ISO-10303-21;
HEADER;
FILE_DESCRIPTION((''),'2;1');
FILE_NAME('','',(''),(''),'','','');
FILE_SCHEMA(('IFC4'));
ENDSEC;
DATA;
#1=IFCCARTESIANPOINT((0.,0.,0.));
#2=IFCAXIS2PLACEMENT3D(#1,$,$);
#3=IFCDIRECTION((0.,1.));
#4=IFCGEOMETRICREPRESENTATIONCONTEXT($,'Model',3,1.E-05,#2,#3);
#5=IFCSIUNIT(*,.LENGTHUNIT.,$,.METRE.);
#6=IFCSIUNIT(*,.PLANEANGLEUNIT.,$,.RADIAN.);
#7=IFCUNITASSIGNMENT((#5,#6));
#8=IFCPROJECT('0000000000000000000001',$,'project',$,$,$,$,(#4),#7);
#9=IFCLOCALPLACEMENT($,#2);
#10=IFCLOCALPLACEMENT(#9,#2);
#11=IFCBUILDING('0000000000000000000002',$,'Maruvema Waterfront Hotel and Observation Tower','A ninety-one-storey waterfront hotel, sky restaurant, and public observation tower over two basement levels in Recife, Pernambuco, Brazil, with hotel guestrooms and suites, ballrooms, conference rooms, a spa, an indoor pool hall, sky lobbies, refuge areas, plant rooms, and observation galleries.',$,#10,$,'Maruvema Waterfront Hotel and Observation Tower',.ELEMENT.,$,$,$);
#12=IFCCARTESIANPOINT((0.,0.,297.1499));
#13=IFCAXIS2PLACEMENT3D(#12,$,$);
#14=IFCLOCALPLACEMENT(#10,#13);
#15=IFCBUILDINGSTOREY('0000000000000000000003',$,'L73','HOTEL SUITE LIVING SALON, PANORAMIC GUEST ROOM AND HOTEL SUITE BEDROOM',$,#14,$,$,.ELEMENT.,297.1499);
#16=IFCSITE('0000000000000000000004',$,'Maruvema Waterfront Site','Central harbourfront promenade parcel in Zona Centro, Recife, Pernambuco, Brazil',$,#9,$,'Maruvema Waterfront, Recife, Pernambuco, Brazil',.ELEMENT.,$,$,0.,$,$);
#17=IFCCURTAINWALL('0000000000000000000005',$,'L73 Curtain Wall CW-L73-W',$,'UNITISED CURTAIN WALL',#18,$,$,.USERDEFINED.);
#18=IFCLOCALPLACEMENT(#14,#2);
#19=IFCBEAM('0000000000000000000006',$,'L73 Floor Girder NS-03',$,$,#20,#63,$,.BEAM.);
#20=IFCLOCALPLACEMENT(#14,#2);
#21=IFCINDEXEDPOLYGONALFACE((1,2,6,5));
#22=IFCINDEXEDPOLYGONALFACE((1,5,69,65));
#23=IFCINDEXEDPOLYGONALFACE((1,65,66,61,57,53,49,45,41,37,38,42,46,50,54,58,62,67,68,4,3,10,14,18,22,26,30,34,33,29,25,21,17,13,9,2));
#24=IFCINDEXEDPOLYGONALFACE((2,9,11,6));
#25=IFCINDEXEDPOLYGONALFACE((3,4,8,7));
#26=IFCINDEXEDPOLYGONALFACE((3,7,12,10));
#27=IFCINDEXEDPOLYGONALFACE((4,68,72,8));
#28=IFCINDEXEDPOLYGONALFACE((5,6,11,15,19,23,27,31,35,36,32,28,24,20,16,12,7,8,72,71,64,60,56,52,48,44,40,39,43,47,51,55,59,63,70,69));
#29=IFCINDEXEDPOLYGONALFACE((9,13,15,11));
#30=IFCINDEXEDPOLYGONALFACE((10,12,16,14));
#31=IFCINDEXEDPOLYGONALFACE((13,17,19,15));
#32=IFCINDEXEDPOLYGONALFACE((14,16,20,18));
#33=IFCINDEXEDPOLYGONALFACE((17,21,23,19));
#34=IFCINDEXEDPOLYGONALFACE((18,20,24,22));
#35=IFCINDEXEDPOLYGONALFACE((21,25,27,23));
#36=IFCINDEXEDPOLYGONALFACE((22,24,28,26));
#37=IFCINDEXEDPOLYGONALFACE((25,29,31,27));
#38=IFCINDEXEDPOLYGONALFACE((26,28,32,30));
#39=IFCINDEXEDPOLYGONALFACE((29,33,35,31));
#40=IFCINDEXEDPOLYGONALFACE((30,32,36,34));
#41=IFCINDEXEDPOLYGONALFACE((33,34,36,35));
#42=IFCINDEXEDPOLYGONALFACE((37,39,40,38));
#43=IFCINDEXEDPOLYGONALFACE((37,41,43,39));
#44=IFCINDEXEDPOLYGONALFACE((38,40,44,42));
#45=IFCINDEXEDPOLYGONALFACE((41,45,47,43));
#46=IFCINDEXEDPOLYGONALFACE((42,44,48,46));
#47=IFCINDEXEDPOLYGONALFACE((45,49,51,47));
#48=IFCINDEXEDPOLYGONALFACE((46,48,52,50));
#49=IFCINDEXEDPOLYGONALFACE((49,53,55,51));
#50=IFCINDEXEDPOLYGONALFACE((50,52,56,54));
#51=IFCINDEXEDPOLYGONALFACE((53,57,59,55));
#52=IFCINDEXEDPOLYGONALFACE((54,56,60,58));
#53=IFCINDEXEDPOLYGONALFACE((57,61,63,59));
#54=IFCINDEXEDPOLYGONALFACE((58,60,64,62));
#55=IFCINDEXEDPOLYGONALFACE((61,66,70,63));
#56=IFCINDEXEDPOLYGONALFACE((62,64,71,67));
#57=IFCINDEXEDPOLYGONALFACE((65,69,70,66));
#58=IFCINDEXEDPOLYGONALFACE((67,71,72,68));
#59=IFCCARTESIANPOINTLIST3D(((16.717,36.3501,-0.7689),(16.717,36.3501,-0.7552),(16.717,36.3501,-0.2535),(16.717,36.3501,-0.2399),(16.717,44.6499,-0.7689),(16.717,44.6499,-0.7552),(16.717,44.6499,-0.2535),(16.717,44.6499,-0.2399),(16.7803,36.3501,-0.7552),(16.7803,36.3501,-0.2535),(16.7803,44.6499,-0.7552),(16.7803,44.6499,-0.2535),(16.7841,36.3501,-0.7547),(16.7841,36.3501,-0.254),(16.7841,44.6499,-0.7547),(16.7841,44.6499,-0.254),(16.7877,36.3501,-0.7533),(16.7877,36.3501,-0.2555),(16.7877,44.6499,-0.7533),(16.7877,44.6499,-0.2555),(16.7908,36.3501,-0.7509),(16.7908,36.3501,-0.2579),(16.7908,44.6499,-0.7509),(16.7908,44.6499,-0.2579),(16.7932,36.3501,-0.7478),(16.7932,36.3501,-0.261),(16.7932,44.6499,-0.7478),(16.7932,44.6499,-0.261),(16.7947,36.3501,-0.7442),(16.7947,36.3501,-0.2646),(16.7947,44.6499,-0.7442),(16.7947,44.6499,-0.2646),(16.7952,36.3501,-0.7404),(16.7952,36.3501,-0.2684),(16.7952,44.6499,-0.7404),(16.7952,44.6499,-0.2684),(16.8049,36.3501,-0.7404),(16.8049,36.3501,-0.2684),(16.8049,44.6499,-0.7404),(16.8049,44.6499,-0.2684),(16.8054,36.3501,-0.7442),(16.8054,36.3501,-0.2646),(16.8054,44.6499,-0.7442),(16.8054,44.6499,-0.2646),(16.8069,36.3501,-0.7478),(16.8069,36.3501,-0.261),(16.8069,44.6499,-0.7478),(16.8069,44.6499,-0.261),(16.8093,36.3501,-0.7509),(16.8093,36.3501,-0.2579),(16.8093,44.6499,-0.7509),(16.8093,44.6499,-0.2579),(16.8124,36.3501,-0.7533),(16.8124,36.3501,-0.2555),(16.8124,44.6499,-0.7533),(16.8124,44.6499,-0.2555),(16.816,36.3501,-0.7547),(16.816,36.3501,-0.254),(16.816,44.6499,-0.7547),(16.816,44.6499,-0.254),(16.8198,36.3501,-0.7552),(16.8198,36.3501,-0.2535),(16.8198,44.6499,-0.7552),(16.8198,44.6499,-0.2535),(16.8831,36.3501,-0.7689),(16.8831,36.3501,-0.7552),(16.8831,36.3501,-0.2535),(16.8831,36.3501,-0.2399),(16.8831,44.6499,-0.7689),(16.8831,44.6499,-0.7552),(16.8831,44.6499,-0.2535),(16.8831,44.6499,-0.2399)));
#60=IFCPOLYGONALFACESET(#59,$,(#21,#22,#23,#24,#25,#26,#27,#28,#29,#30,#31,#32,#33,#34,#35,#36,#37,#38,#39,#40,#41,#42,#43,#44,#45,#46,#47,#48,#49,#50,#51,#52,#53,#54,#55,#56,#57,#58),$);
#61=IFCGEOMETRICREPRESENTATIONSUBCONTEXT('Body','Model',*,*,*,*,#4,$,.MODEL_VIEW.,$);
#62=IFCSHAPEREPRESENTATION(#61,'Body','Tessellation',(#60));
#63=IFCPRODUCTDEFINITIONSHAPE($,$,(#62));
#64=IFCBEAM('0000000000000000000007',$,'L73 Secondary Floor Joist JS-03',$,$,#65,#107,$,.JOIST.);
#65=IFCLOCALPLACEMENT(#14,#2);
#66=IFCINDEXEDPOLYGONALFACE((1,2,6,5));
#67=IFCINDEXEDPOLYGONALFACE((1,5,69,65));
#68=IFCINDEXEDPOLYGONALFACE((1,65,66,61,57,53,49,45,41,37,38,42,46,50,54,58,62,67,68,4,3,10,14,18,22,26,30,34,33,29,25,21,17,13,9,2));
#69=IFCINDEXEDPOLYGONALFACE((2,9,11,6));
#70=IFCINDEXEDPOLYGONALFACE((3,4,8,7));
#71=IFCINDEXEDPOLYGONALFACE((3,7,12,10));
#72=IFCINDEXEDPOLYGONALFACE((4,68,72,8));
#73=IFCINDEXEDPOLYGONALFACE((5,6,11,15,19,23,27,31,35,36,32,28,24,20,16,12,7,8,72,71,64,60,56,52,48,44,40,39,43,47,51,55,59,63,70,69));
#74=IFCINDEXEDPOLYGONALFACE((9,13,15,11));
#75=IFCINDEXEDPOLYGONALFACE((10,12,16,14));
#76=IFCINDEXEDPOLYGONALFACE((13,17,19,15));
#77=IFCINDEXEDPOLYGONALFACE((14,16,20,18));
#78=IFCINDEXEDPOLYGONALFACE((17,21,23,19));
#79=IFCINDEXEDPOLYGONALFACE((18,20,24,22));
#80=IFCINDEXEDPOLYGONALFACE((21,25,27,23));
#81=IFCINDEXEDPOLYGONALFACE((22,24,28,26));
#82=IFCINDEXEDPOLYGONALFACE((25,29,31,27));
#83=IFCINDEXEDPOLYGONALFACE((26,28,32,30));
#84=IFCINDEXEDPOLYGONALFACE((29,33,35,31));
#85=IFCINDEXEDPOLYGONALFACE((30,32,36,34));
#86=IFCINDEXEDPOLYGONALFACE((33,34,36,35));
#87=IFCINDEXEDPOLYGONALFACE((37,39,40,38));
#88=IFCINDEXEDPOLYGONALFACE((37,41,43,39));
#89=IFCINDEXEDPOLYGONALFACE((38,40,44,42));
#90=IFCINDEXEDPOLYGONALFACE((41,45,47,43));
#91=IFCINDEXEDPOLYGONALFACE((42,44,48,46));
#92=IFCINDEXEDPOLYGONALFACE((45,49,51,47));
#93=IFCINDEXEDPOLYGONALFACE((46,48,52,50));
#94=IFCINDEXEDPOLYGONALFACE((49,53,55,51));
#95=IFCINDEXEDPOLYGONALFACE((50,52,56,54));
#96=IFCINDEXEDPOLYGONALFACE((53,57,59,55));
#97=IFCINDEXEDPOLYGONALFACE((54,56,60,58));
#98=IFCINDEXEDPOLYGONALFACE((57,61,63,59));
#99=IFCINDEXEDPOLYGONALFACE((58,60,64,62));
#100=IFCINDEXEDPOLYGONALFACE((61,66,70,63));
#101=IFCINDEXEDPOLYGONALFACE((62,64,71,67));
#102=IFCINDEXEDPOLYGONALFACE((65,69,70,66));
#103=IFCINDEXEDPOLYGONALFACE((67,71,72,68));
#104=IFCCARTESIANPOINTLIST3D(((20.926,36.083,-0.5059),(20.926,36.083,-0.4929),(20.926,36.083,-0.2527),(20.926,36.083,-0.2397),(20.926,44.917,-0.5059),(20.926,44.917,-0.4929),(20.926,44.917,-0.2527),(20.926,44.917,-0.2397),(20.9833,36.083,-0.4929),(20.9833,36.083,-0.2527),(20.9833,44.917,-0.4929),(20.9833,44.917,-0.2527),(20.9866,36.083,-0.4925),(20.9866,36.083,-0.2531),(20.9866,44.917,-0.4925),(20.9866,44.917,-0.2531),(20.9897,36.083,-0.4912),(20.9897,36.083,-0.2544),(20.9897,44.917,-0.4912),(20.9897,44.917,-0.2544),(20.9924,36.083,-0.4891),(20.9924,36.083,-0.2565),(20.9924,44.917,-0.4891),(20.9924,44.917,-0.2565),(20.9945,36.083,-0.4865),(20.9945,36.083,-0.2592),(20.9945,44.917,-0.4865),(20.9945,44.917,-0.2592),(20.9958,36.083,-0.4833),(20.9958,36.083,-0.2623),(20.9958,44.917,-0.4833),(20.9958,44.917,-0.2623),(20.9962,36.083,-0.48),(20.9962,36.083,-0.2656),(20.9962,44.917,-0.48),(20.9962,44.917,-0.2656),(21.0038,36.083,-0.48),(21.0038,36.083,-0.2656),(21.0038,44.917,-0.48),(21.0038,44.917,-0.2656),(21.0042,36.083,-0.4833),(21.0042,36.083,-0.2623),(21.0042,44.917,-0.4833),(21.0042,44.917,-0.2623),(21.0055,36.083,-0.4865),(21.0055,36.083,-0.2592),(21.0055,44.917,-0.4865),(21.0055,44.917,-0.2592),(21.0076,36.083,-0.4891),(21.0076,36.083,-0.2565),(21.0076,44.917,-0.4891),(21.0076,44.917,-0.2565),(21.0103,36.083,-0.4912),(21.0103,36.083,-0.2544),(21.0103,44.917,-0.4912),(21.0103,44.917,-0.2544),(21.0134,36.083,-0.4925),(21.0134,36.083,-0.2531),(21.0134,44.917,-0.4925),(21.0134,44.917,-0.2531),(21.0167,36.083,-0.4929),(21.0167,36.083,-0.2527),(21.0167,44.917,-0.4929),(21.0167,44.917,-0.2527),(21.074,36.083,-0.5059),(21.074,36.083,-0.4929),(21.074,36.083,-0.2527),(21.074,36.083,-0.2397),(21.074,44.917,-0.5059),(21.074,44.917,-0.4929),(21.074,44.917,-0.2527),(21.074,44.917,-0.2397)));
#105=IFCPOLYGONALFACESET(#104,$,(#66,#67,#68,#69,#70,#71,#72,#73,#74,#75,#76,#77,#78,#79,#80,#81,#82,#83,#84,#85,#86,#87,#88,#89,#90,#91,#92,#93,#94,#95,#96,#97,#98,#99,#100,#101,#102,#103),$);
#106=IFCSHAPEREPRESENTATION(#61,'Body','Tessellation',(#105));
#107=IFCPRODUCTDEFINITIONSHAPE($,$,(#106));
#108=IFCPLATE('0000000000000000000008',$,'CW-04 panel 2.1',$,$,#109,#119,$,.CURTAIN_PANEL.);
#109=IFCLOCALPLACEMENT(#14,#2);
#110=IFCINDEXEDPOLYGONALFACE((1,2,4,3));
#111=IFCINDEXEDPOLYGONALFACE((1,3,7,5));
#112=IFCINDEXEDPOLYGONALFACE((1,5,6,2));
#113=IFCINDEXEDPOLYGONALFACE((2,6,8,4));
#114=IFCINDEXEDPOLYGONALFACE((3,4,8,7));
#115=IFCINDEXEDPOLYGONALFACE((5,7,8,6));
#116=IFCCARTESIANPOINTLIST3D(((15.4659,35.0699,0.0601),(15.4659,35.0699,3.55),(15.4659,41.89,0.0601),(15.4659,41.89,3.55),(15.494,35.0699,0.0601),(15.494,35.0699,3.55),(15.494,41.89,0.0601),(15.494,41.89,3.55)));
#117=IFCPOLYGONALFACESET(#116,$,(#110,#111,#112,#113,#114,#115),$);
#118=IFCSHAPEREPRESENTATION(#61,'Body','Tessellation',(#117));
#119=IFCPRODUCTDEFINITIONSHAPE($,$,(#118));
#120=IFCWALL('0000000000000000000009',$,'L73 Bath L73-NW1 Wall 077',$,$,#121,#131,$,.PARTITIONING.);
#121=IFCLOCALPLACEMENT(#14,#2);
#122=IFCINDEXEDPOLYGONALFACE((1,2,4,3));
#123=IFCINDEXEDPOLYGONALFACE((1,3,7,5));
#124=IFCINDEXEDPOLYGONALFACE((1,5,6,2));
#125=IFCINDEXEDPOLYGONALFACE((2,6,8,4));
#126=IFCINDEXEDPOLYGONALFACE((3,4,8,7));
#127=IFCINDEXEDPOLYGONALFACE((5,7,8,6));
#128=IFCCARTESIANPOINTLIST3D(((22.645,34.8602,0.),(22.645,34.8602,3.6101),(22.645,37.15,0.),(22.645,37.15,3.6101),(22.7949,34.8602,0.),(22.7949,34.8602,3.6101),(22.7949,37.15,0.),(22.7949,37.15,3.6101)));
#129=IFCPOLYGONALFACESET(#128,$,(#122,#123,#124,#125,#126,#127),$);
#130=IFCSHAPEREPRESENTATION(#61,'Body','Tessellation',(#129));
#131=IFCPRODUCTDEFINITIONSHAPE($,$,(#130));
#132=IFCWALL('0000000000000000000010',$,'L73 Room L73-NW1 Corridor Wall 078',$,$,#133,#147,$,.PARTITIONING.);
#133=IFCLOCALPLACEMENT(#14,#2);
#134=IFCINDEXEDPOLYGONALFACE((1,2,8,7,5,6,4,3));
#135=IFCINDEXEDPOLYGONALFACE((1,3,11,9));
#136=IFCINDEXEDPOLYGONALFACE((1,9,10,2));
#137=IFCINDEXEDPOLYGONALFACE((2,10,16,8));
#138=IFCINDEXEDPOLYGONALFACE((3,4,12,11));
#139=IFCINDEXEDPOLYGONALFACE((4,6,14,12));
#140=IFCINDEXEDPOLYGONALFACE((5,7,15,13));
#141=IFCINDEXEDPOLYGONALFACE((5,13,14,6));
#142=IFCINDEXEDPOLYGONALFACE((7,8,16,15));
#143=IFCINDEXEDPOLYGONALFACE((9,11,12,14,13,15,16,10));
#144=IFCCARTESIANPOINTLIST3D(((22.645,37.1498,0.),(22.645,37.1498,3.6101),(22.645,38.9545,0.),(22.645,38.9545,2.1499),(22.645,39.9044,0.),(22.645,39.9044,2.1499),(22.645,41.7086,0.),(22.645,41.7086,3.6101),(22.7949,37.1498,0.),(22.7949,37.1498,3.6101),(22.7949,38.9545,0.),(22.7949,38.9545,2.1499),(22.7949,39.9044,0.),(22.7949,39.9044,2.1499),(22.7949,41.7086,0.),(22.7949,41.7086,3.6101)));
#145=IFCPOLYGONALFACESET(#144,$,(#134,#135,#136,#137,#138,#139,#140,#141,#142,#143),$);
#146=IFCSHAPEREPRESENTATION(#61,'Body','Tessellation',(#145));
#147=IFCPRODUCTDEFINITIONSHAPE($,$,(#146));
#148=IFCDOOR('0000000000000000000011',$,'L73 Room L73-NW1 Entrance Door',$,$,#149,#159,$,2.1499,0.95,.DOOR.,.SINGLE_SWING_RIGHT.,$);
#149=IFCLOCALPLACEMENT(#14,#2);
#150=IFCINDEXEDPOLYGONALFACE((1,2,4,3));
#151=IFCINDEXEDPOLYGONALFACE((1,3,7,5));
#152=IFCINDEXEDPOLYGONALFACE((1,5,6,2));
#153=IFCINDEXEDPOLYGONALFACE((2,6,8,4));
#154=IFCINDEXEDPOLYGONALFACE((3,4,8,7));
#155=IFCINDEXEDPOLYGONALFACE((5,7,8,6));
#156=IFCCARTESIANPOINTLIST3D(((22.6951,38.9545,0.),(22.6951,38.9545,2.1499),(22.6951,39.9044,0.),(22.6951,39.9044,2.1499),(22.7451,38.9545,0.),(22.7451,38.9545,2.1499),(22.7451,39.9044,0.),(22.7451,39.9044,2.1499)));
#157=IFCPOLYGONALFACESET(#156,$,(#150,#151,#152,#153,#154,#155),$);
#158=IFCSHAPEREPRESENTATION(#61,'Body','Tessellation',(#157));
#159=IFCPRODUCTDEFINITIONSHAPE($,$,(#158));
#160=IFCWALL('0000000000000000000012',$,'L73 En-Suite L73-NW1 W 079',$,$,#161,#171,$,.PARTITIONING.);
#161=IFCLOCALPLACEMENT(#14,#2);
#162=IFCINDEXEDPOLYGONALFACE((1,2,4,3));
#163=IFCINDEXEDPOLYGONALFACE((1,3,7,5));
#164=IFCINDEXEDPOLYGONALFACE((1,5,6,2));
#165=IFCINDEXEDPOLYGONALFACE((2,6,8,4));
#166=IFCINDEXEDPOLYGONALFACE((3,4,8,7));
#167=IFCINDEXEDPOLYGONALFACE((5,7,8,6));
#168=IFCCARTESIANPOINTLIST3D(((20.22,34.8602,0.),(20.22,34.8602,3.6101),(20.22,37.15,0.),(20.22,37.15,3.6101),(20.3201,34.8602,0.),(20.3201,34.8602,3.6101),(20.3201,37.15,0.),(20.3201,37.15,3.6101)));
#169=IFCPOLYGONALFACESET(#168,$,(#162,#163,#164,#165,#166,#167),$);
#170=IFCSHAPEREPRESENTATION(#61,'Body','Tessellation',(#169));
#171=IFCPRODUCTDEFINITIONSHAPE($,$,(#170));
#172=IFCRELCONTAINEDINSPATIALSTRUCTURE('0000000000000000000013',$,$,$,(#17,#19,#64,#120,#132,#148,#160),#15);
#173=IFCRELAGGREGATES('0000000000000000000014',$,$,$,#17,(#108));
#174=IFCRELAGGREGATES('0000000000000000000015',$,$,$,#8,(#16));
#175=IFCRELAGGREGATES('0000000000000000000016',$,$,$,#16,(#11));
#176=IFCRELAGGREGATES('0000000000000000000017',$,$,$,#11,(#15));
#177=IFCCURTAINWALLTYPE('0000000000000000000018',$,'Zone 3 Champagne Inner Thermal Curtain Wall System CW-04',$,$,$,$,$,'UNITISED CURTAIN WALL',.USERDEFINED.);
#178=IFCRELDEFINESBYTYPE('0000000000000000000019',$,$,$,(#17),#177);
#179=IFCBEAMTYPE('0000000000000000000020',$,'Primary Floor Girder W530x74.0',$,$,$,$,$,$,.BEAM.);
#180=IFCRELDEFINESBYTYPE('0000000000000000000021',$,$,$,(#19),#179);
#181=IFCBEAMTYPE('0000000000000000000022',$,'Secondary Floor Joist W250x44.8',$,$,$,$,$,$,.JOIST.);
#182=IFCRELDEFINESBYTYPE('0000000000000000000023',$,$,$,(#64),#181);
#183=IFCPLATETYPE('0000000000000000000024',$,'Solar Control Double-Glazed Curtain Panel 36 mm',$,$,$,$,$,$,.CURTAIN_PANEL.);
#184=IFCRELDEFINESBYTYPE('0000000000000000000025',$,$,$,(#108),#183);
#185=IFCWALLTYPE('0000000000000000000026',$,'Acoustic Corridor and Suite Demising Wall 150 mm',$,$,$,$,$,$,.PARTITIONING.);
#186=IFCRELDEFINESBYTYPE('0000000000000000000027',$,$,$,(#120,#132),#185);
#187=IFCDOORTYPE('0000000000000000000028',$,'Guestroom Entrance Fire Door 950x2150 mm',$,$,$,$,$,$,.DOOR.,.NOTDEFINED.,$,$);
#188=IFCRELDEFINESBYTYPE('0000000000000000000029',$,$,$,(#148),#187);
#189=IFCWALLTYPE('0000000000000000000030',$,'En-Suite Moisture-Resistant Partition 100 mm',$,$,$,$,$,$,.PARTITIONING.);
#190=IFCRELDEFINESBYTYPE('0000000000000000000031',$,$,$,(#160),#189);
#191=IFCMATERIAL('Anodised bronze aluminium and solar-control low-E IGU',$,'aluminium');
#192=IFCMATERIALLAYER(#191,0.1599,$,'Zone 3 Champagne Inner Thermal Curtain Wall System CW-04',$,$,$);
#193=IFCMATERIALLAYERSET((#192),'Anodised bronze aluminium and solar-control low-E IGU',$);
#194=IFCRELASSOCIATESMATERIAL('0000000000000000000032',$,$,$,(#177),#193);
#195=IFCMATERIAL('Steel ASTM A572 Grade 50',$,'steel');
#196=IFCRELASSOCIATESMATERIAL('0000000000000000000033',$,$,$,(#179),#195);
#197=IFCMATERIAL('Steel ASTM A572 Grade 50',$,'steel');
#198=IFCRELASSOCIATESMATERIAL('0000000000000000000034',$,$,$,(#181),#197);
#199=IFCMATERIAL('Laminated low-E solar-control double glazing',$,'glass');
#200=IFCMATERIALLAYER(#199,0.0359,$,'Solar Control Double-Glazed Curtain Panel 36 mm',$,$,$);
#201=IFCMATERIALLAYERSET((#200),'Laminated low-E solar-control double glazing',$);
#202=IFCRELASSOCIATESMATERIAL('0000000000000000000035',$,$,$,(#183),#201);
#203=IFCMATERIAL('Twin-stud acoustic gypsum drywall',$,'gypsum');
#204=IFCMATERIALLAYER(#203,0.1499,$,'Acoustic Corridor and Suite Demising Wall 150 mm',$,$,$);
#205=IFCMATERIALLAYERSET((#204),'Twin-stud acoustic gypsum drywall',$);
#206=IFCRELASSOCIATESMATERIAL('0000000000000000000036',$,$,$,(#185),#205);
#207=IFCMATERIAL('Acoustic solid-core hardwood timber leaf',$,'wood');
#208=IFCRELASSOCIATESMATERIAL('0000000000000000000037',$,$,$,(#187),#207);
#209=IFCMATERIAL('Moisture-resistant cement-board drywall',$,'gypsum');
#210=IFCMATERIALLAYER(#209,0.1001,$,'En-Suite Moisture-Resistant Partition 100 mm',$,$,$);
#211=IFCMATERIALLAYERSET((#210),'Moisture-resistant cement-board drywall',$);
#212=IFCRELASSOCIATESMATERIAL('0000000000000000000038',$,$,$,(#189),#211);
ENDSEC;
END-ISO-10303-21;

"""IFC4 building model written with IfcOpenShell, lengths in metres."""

from ifc_helpers import new_model, si_unit, direction, frame, frame_2d, origin, origin_2d, place, context, subcontext, project, spatial, rectangle, i_section, extrude, material, layer, layer_set, material_profile, profile_set, type_object, element, fill, aggregate, save


model = new_model("IFC4")

# Units and contexts
model_context = context("Model", 3, precision=1e-05, world=origin(), true_north=direction((0.0, 1.0)))
body_context = subcontext(model_context, "Body", "Model", "MODEL_VIEW")
ifc_project = project(units=[si_unit("LENGTHUNIT", "METRE"), si_unit("PLANEANGLEUNIT", "RADIAN")], contexts=[model_context])

# Site, building, storey
site_placement = place(None, origin())
site = spatial("IfcSite", under=ifc_project, at=site_placement, Name="Maruvema Waterfront Site", Description="Central harbourfront promenade parcel in Zona Centro, Recife, Pernambuco, Brazil", LongName="Maruvema Waterfront, Recife, Pernambuco, Brazil", CompositionType="ELEMENT", RefElevation=0.0)
building_placement = place(site_placement, origin())
building = spatial("IfcBuilding", under=site, at=building_placement, Name="Maruvema Waterfront Hotel and Observation Tower", Description="A ninety-one-storey waterfront hotel, sky restaurant, and public observation tower over two basement levels in Recife, Pernambuco, Brazil, with hotel guestrooms and suites, ballrooms, conference rooms, a spa, an indoor pool hall, sky lobbies, refuge areas, plant rooms, and observation galleries.", LongName="Maruvema Waterfront Hotel and Observation Tower", CompositionType="ELEMENT")
storey_placement = place(building_placement, frame((0.0, 0.0, 297.1499)))
storey = spatial("IfcBuildingStorey", under=building, at=storey_placement, Name="L73", Description="HOTEL SUITE LIVING SALON, PANORAMIC GUEST ROOM AND HOTEL SUITE BEDROOM", CompositionType="ELEMENT", Elevation=297.1499)

# Curtain wall
ifc_material_1 = material(Name="Anodised bronze aluminium and solar-control low-E IGU", Category="aluminium")
ifc_layer_1 = layer(ifc_material_1, 0.1599, Name="Zone 3 Champagne Inner Thermal Curtain Wall System CW-04")
ifc_layer_set_1 = layer_set([ifc_layer_1], Name="Anodised bronze aluminium and solar-control low-E IGU")
curtain_wall_type = type_object("IfcCurtainWallType", Name="Zone 3 Champagne Inner Thermal Curtain Wall System CW-04", ElementType="UNITISED CURTAIN WALL", PredefinedType="USERDEFINED", material=ifc_layer_set_1)
curtain_wall_placement = place(storey_placement, origin())
curtain_wall = element("IfcCurtainWall", 1, at=curtain_wall_placement, inside=storey, type_object=curtain_wall_type, Name="L73 Curtain Wall CW-L73-W", ObjectType="UNITISED CURTAIN WALL", PredefinedType="USERDEFINED")

# Beams
ifc_material_2 = material(Name="Steel ASTM A572 Grade 50", Category="steel")
ifc_material_profile_1 = material_profile(ifc_material_2, i_section(OverallWidth=0.166, OverallDepth=0.5291, WebThickness=0.0098, FlangeThickness=0.0137, FilletRadius=0.0149, at=origin_2d()), Name="W530x74.0")
ifc_profile_set_1 = profile_set([ifc_material_profile_1], Name="Steel ASTM A572 Grade 50")
beam_type_1 = type_object("IfcBeamType", Name="Primary Floor Girder W530x74.0", PredefinedType="BEAM", material=ifc_profile_set_1)
beam_1_placement = place(storey_placement, frame((16.8, 36.3501, -0.5044), z_axis=(0.0, 1.0, 0.0), x_axis=(-1.0, 0.0, 0.0)))
element("IfcBeam", 2, at=beam_1_placement, inside=storey, type_object=beam_type_1, Name="L73 Floor Girder NS-03", PredefinedType="BEAM", context=body_context, shape_type="SweptSolid", body=[
    extrude(i_section(OverallWidth=0.166, OverallDepth=0.5291, WebThickness=0.0098, FlangeThickness=0.0137, FilletRadius=0.0149, at=origin_2d()), origin(), (0.0, 0.0, 1.0), 8.2998),
])
ifc_material_3 = material(Name="Steel ASTM A572 Grade 50", Category="steel")
ifc_material_profile_2 = material_profile(ifc_material_3, i_section(OverallWidth=0.1479, OverallDepth=0.2661, WebThickness=0.0076, FlangeThickness=0.0129, FilletRadius=0.0129, at=origin_2d()), Name="W250x44.8")
ifc_profile_set_2 = profile_set([ifc_material_profile_2], Name="Steel ASTM A572 Grade 50")
beam_type_2 = type_object("IfcBeamType", Name="Secondary Floor Joist W250x44.8", PredefinedType="JOIST", material=ifc_profile_set_2)
beam_2_placement = place(storey_placement, frame((21.0, 36.083, -0.3728), z_axis=(0.0, 1.0, 0.0), x_axis=(-1.0, 0.0, 0.0)))
element("IfcBeam", 3, at=beam_2_placement, inside=storey, type_object=beam_type_2, Name="L73 Secondary Floor Joist JS-03", PredefinedType="JOIST", context=body_context, shape_type="SweptSolid", body=[
    extrude(i_section(OverallWidth=0.1479, OverallDepth=0.2661, WebThickness=0.0076, FlangeThickness=0.0129, FilletRadius=0.0129, at=origin_2d()), origin(), (0.0, 0.0, 1.0), 8.834),
])

# Plate
ifc_material_4 = material(Name="Laminated low-E solar-control double glazing", Category="glass")
ifc_layer_2 = layer(ifc_material_4, 0.0359, Name="Solar Control Double-Glazed Curtain Panel 36 mm")
ifc_layer_set_2 = layer_set([ifc_layer_2], Name="Laminated low-E solar-control double glazing")
plate_type = type_object("IfcPlateType", Name="Solar Control Double-Glazed Curtain Panel 36 mm", PredefinedType="CURTAIN_PANEL", material=ifc_layer_set_2)
plate_placement = place(storey_placement, frame((15.48, 38.48, 0.0601), z_axis=(0.0, 0.0, 1.0), x_axis=(0.0, -1.0, 0.0)))
plate = element("IfcPlate", 4, at=plate_placement, type_object=plate_type, Name="CW-04 panel 2.1", PredefinedType="CURTAIN_PANEL", context=body_context, shape_type="SweptSolid", body=[
    extrude(rectangle(XDim=6.8201, YDim=0.0281, at=origin_2d()), origin(), (0.0, 0.0, 1.0), 3.49),
])
aggregate(curtain_wall, [plate])

# Wall
ifc_material_5 = material(Name="Twin-stud acoustic gypsum drywall", Category="gypsum")
ifc_layer_3 = layer(ifc_material_5, 0.1499, Name="Acoustic Corridor and Suite Demising Wall 150 mm")
ifc_layer_set_3 = layer_set([ifc_layer_3], Name="Twin-stud acoustic gypsum drywall")
wall_type_1 = type_object("IfcWallType", Name="Acoustic Corridor and Suite Demising Wall 150 mm", PredefinedType="PARTITIONING", material=ifc_layer_set_3)
wall_1_placement = place(storey_placement, frame((22.72, 34.8601, 0.0), z_axis=(0.0, 0.0, 1.0), x_axis=(0.0, 1.0, 0.0)))
element("IfcWall", 5, at=wall_1_placement, inside=storey, type_object=wall_type_1, Name="L73 Bath L73-NW1 Wall 077", PredefinedType="PARTITIONING", context=body_context, shape_type="SweptSolid", body=[
    extrude(rectangle(XDim=2.2898, YDim=0.1499, at=frame_2d((1.145, 0.0))), origin(), (0.0, 0.0, 1.0), 3.6101),
])

# Wall, opening, door
wall_2_placement = place(storey_placement, frame((22.72, 37.1499, 0.0), z_axis=(0.0, 0.0, 1.0), x_axis=(0.0, 1.0, 0.0)))
wall_2 = element("IfcWall", 6, at=wall_2_placement, inside=storey, type_object=wall_type_1, Name="L73 Room L73-NW1 Corridor Wall 078", PredefinedType="PARTITIONING", context=body_context, shape_type="SweptSolid", body=[
    extrude(rectangle(XDim=4.5588, YDim=0.1499, at=frame_2d((2.2793, 0.0))), origin(), (0.0, 0.0, 1.0), 3.6101),
])
opening_1_placement = place(wall_2_placement, frame((1.8044, 0.0, 0.0)))
opening_1 = element("IfcOpeningElement", 7, at=opening_1_placement, cuts=wall_2, PredefinedType="OPENING", context=body_context, shape_type="SweptSolid", body=[
    extrude(rectangle(XDim=0.95, YDim=2.1499, at=frame_2d((0.4751, 1.075))), frame((0.0, 0.085, 0.0), z_axis=(0.0, -1.0, 0.0), x_axis=(1.0, 0.0, 0.0)), (0.0, 0.0, 1.0), 0.1699),
])
ifc_material_6 = material(Name="Acoustic solid-core hardwood timber leaf", Category="wood")
door_type_1 = type_object("IfcDoorType", Name="Guestroom Entrance Fire Door 950x2150 mm", OperationType="NOTDEFINED", PredefinedType="DOOR", material=ifc_material_6)
door_1_placement = place(opening_1_placement, origin())
door_1 = element("IfcDoor", 8, at=door_1_placement, inside=storey, type_object=door_type_1, Name="L73 Room L73-NW1 Entrance Door", OperationType="SINGLE_SWING_RIGHT", OverallHeight=2.1499, OverallWidth=0.95, PredefinedType="DOOR", context=body_context, shape_type="SweptSolid", body=[
    extrude(rectangle(XDim=0.95, YDim=2.1499, at=frame_2d((0.4751, 1.075))), frame((0.0, 0.0249, 0.0), z_axis=(0.0, -1.0, 0.0), x_axis=(1.0, 0.0, 0.0)), (0.0, 0.0, 1.0), 0.05),
])
fill(opening_1, door_1)

# Wall
ifc_material_7 = material(Name="Moisture-resistant cement-board drywall", Category="gypsum")
ifc_layer_4 = layer(ifc_material_7, 0.1001, Name="En-Suite Moisture-Resistant Partition 100 mm")
ifc_layer_set_4 = layer_set([ifc_layer_4], Name="Moisture-resistant cement-board drywall")
wall_type_2 = type_object("IfcWallType", Name="En-Suite Moisture-Resistant Partition 100 mm", PredefinedType="PARTITIONING", material=ifc_layer_set_4)
wall_3_placement = place(storey_placement, frame((20.27, 34.8601, 0.0), z_axis=(0.0, 0.0, 1.0), x_axis=(0.0, 1.0, 0.0)))
element("IfcWall", 9, at=wall_3_placement, inside=storey, type_object=wall_type_2, Name="L73 En-Suite L73-NW1 W 079", PredefinedType="PARTITIONING", context=body_context, shape_type="SweptSolid", body=[
    extrude(rectangle(XDim=2.2898, YDim=0.1001, at=frame_2d((1.145, 0.0))), origin(), (0.0, 0.0, 1.0), 3.6101),
])

save(model, "model.ifc")
